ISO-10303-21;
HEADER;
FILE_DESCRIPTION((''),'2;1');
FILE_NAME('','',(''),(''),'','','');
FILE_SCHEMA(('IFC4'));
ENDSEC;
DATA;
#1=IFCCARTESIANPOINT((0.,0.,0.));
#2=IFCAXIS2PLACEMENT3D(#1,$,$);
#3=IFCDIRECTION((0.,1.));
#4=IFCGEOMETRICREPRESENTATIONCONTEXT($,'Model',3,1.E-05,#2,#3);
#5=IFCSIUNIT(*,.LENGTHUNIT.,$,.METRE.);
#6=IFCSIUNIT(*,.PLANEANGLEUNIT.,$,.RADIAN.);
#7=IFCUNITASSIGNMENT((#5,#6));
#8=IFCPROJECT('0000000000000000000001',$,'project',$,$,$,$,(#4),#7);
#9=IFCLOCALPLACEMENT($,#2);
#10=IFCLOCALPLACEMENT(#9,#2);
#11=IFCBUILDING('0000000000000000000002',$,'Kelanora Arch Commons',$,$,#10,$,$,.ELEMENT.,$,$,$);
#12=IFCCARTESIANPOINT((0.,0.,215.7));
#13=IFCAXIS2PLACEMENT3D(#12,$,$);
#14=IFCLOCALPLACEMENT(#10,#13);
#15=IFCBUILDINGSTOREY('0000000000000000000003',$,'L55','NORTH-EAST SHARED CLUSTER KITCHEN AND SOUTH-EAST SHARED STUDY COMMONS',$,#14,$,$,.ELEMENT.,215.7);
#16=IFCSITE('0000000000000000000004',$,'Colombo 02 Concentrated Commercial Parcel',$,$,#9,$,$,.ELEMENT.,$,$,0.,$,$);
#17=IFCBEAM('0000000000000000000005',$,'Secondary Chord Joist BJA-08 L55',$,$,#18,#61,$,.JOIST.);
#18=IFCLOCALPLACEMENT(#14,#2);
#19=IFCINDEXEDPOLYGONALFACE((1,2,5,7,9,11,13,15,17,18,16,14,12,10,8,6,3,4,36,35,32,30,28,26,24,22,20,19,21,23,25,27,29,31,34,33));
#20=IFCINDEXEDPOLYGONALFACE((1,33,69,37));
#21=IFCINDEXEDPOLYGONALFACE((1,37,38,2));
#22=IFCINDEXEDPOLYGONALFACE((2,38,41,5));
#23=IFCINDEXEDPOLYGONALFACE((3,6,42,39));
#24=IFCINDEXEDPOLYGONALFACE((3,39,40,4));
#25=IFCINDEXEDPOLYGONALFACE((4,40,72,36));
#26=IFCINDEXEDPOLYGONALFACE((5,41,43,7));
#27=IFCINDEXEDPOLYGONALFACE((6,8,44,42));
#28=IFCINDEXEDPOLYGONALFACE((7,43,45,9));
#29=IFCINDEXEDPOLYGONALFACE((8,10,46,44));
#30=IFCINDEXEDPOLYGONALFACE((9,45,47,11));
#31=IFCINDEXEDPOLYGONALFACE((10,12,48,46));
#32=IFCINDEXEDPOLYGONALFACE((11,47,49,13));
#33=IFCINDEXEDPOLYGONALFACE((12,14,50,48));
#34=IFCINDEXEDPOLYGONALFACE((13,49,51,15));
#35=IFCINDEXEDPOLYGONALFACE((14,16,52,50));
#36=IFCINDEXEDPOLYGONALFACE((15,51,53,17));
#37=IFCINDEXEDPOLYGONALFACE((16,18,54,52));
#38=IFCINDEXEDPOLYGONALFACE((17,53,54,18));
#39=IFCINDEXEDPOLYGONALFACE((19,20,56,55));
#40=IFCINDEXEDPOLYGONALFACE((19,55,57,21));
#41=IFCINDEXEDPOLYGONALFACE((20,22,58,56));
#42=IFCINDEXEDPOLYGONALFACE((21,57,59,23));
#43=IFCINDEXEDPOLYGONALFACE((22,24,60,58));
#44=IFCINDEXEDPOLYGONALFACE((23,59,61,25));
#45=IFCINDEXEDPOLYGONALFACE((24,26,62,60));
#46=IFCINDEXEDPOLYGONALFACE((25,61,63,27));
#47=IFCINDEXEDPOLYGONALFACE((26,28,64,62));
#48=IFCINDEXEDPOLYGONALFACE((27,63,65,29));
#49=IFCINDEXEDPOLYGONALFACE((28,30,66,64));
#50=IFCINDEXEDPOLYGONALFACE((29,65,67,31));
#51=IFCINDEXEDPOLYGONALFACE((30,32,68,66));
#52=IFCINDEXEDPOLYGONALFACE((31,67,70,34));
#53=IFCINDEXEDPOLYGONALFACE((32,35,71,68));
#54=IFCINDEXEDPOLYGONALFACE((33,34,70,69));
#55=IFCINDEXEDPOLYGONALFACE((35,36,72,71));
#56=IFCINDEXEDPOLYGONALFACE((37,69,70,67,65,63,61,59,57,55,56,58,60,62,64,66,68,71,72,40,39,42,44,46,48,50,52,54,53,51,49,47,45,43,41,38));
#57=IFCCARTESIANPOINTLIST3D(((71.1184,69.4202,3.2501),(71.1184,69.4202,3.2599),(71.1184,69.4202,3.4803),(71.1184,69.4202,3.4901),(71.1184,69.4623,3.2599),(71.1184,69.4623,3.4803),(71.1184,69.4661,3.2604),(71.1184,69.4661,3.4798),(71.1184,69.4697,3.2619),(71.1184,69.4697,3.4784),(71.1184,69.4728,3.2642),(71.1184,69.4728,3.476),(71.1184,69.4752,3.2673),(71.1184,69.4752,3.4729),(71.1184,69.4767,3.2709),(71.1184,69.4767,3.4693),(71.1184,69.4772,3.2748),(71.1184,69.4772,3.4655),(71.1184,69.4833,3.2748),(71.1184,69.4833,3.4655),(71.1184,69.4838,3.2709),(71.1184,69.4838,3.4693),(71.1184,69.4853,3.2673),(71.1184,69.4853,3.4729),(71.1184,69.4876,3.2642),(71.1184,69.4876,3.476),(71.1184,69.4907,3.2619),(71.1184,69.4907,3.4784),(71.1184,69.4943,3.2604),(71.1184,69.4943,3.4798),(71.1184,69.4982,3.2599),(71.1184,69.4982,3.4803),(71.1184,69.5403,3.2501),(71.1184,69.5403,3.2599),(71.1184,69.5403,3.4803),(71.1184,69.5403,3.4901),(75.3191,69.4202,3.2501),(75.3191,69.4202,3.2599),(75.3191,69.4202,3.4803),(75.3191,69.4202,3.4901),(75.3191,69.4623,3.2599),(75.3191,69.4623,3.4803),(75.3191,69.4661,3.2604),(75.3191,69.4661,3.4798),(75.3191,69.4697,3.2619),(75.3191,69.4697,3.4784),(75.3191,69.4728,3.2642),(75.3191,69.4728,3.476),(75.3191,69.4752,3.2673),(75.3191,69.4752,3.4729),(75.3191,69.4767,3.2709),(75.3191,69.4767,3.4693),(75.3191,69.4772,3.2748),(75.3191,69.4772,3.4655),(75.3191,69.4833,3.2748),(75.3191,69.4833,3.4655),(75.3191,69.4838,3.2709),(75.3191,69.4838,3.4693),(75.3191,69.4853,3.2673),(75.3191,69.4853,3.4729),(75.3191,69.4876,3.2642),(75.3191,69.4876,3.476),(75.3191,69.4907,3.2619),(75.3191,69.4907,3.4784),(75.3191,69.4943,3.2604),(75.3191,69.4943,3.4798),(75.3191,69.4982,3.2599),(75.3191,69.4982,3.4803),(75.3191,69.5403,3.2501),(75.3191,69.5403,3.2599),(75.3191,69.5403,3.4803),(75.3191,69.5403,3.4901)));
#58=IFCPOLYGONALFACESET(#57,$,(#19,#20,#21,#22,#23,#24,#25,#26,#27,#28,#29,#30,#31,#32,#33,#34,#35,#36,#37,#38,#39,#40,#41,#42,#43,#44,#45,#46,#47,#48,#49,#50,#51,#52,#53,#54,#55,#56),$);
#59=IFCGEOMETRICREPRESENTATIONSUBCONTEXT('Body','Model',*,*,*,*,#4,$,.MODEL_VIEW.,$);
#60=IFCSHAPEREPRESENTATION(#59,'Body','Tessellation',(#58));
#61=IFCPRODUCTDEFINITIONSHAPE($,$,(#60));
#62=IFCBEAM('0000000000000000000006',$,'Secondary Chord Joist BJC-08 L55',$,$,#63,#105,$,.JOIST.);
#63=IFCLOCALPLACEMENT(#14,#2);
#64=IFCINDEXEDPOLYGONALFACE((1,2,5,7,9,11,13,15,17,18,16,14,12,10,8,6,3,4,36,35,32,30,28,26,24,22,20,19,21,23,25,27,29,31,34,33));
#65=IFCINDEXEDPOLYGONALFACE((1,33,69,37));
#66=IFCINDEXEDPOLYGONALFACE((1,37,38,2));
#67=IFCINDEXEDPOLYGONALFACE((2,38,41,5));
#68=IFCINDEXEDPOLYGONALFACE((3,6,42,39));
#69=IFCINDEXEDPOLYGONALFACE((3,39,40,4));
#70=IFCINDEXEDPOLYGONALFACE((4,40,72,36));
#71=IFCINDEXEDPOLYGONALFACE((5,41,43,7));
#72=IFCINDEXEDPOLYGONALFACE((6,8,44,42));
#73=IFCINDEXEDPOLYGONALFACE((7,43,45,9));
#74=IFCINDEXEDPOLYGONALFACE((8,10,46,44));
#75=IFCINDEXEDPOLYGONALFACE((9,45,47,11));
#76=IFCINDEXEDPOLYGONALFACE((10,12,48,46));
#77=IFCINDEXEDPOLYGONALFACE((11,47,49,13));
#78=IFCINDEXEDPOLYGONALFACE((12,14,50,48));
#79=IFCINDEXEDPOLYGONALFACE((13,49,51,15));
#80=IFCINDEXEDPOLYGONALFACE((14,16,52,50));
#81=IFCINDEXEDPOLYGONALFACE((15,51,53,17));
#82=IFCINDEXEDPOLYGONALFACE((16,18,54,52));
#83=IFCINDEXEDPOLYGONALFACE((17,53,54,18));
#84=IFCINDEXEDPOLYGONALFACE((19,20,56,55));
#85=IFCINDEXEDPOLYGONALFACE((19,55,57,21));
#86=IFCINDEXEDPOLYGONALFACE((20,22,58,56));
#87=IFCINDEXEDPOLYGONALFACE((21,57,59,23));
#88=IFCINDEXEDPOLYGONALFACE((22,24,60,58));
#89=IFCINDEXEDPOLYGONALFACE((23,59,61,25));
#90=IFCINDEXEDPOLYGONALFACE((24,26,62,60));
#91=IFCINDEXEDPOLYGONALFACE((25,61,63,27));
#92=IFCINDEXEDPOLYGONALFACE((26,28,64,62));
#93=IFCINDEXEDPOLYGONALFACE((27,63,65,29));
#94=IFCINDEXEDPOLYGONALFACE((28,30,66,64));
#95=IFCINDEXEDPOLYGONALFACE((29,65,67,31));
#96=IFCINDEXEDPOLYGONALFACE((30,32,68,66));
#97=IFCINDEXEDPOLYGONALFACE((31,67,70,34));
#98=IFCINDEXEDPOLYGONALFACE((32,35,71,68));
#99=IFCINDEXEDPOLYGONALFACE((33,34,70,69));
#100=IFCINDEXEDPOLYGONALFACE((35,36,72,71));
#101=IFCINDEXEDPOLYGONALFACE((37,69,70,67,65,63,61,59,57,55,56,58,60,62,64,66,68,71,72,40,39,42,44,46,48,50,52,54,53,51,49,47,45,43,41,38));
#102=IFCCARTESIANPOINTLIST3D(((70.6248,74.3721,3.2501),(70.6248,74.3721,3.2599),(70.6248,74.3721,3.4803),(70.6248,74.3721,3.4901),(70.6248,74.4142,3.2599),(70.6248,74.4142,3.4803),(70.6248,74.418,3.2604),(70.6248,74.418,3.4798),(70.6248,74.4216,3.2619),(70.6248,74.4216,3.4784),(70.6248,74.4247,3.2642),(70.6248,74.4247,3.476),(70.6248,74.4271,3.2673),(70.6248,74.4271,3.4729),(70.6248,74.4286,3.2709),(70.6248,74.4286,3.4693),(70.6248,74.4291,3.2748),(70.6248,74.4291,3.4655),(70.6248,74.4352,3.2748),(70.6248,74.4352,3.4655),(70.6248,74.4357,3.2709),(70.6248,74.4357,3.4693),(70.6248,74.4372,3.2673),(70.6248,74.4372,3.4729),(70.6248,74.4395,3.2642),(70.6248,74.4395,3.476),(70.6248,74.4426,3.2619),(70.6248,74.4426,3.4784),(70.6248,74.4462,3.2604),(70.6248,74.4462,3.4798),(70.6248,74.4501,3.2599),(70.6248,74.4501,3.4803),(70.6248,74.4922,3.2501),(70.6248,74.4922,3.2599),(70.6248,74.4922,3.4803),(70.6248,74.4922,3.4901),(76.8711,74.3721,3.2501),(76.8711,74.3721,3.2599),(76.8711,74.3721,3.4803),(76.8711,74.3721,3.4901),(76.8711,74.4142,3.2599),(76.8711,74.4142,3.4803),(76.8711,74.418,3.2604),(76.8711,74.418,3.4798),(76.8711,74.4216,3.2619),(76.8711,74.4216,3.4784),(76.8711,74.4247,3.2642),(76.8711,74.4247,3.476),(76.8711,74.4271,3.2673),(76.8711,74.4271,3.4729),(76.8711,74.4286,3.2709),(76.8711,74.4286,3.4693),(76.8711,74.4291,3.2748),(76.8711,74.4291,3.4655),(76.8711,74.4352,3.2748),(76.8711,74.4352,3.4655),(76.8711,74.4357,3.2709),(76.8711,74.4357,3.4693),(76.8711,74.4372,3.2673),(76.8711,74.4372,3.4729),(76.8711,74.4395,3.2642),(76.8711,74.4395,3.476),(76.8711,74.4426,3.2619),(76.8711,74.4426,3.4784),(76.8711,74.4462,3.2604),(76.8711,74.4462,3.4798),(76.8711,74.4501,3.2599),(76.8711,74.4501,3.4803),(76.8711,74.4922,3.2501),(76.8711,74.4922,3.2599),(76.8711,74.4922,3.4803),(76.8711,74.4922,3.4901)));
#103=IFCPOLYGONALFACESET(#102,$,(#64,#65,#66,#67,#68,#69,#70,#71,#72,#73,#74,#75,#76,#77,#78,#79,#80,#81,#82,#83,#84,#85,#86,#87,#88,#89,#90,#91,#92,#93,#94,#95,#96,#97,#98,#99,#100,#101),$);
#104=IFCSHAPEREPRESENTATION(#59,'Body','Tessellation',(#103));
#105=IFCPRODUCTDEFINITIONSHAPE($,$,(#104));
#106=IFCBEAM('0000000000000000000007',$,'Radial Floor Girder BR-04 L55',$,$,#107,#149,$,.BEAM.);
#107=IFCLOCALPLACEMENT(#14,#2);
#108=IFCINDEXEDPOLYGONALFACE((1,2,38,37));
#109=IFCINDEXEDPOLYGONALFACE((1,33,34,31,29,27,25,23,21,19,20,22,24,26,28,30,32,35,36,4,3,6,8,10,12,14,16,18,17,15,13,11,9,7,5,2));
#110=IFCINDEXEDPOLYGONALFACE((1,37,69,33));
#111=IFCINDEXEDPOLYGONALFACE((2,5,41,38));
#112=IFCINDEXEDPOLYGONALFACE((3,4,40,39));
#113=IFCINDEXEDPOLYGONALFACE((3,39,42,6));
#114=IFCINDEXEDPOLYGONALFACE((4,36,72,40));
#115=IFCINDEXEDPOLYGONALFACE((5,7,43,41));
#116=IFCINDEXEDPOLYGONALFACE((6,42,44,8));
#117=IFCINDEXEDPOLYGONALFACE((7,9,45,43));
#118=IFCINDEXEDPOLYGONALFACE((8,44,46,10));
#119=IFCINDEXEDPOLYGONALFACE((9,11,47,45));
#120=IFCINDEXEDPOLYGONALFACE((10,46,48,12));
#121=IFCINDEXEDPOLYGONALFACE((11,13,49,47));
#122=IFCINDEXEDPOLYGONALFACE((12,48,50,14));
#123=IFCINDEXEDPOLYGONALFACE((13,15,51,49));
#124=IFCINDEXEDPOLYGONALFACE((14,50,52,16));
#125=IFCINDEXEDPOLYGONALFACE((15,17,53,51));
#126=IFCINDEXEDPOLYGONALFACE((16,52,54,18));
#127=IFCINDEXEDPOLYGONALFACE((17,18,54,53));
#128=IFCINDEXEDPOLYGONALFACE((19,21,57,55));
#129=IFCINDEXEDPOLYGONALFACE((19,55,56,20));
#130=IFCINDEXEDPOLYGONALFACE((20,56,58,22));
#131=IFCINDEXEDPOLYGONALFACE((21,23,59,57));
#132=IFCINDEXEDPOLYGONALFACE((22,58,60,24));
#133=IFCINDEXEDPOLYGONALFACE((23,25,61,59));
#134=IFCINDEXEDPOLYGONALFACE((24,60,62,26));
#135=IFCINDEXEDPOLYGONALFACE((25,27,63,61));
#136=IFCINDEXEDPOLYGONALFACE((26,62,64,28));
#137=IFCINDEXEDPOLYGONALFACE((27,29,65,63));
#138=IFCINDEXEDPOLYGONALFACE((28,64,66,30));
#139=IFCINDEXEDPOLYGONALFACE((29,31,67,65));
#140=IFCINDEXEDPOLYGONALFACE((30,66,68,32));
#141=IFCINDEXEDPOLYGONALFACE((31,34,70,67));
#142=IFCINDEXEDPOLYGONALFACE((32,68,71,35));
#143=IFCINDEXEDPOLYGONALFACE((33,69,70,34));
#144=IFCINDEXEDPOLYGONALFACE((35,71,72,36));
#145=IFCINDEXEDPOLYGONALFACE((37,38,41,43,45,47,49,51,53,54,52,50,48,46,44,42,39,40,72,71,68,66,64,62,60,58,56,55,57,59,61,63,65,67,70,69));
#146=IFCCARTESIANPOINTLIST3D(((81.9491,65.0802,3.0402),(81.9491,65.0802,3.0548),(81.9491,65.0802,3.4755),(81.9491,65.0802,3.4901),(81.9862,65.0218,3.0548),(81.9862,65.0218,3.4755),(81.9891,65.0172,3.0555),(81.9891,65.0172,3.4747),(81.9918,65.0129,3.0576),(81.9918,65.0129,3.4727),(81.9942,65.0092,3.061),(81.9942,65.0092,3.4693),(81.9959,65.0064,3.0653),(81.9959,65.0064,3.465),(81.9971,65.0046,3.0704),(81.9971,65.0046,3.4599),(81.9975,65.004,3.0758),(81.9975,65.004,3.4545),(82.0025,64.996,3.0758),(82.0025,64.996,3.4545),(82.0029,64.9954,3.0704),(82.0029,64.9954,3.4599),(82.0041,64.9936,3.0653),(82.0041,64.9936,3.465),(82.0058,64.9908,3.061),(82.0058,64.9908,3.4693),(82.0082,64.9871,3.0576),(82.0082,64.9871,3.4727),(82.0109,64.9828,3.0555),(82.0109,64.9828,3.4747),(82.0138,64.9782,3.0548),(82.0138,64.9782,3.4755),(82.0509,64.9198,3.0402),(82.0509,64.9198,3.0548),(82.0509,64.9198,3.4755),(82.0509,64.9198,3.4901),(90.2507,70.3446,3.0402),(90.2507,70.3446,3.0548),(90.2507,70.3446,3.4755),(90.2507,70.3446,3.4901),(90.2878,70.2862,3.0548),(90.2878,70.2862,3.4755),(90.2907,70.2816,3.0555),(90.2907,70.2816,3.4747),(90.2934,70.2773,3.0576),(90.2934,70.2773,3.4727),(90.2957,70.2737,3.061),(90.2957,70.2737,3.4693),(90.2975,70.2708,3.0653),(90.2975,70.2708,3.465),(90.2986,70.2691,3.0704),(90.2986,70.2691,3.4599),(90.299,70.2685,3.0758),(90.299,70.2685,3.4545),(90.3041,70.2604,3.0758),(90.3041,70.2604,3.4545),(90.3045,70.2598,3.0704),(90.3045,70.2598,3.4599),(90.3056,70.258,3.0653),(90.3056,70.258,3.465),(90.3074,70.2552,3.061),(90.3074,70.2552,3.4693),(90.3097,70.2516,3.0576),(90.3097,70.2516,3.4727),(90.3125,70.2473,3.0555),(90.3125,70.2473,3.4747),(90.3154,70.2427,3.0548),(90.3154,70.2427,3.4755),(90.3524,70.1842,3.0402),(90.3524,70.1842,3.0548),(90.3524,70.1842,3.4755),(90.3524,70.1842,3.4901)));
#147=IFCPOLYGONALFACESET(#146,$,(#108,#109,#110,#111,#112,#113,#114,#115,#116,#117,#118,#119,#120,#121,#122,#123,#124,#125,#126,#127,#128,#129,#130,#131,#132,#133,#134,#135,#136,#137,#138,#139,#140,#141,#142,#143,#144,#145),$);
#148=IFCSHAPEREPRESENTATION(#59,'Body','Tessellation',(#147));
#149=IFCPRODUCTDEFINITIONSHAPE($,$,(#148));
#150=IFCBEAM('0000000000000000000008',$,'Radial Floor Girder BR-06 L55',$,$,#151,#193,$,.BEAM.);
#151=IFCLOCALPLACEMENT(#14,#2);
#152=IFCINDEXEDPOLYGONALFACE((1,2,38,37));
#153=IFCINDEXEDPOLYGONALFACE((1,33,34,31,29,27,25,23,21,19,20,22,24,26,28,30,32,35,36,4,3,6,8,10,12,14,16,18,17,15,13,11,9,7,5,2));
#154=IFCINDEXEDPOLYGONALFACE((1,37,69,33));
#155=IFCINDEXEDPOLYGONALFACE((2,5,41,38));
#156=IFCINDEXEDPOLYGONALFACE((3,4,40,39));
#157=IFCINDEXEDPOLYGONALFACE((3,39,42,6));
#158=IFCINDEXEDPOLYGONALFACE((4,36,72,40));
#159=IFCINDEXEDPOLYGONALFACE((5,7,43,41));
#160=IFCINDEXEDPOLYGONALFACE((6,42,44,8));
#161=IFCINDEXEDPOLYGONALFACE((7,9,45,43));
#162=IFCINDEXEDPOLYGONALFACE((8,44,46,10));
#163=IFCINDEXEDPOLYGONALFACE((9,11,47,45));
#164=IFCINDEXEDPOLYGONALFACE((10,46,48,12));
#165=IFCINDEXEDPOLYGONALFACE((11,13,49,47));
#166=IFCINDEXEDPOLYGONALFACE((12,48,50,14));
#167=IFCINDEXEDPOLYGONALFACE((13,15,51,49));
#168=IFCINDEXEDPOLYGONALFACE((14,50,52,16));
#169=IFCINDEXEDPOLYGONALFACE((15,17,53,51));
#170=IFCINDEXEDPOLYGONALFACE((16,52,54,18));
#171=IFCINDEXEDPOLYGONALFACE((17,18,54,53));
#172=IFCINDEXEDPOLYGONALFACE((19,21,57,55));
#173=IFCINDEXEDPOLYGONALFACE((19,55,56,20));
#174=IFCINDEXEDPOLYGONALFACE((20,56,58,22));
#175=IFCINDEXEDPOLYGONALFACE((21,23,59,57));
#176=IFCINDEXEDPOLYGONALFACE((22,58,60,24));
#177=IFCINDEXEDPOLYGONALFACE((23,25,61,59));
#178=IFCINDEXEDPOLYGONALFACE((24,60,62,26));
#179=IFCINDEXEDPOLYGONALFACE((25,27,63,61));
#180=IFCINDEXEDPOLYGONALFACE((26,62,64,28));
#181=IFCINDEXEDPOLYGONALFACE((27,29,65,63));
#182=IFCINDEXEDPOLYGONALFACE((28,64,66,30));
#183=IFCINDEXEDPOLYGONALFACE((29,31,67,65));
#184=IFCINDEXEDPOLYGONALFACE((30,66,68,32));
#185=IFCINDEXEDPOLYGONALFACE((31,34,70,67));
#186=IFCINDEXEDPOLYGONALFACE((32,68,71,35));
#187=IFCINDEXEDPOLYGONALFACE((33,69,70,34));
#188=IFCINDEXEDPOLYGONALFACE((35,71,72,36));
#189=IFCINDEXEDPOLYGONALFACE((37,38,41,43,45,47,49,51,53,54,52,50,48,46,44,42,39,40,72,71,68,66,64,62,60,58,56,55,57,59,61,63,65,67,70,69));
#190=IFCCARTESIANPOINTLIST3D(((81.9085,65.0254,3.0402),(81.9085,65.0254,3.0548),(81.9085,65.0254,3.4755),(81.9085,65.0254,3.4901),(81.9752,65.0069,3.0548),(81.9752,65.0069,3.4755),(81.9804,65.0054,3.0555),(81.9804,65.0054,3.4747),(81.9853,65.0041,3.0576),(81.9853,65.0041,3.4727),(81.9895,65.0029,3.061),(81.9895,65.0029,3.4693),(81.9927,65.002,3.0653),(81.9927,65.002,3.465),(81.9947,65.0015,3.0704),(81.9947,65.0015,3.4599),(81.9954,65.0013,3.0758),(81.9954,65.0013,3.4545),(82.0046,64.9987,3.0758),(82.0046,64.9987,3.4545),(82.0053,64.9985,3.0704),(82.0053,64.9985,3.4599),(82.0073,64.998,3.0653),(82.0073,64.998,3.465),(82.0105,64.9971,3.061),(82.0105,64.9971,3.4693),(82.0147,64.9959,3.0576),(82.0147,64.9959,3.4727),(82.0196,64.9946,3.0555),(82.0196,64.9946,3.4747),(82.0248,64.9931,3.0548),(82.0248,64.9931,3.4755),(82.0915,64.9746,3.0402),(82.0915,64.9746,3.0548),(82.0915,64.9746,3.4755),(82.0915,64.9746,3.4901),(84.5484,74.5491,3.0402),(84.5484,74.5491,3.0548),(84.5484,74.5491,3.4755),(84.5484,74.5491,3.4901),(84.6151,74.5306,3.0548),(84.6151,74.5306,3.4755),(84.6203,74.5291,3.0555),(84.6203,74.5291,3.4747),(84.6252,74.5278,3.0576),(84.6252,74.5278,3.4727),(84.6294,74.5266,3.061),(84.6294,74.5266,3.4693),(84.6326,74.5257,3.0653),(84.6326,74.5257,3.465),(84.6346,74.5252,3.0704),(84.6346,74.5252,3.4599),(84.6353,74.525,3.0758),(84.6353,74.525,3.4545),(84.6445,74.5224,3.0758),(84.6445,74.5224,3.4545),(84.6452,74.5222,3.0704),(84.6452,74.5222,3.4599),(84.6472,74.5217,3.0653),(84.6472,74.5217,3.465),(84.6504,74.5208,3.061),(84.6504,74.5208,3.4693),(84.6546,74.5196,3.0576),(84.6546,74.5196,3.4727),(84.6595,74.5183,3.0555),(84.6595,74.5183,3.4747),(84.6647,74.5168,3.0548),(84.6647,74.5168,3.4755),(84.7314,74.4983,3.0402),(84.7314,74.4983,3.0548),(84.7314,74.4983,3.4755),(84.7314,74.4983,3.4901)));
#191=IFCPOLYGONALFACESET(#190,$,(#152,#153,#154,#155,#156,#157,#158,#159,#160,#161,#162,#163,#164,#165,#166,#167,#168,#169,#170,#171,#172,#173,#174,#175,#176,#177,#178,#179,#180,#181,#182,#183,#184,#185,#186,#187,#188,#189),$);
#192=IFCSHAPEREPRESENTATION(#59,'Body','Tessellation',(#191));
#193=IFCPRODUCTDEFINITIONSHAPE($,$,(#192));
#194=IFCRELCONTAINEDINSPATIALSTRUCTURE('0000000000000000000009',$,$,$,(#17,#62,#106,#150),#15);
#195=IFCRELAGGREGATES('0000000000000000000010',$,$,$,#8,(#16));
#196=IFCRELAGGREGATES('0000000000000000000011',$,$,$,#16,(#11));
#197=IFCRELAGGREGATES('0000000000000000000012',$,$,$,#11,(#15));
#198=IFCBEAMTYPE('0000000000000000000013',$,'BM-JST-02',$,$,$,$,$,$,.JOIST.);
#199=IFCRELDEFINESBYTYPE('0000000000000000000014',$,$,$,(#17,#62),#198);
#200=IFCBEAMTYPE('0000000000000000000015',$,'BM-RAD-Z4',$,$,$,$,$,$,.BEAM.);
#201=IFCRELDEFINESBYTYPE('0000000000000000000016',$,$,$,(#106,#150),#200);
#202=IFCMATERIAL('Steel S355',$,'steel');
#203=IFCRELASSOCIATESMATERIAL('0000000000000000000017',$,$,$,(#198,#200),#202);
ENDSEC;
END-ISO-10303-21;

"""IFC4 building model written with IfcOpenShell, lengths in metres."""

from ifc_helpers import new_model, si_unit, direction, frame, origin, origin_2d, place, context, subcontext, project, spatial, i_section, extrude, material, material_profile, profile_set, type_object, element, save


model = new_model("IFC4")

# Units and contexts
model_context = context("Model", 3, precision=1e-05, world=origin(), true_north=direction((0.0, 1.0)))
body_context = subcontext(model_context, "Body", "Model", "MODEL_VIEW")
ifc_project = project(units=[si_unit("LENGTHUNIT", "METRE"), si_unit("PLANEANGLEUNIT", "RADIAN")], contexts=[model_context])

# Site, building, storey
site_placement = place(None, origin())
site = spatial("IfcSite", under=ifc_project, at=site_placement, Name="Colombo 02 Concentrated Commercial Parcel", CompositionType="ELEMENT", RefElevation=0.0)
building_placement = place(site_placement, origin())
building = spatial("IfcBuilding", under=site, at=building_placement, Name="Kelanora Arch Commons", CompositionType="ELEMENT")
storey_placement = place(building_placement, frame((0.0, 0.0, 215.7)))
storey = spatial("IfcBuildingStorey", under=building, at=storey_placement, Name="L55", Description="NORTH-EAST SHARED CLUSTER KITCHEN AND SOUTH-EAST SHARED STUDY COMMONS", CompositionType="ELEMENT", Elevation=215.7)

# Beams
ifc_material_1 = material(Name="Steel S355", Category="steel")
ifc_material_profile_1 = material_profile(ifc_material_1, i_section(OverallWidth=0.1201, OverallDepth=0.24, WebThickness=0.0061, FlangeThickness=0.0098, FilletRadius=0.0149, at=origin_2d()), Name="IPE240")
ifc_profile_set_1 = profile_set([ifc_material_profile_1], Name="Steel S355")
beam_type_1 = type_object("IfcBeamType", Name="BM-JST-02", PredefinedType="JOIST", material=ifc_profile_set_1)
beam_1_placement = place(storey_placement, frame((75.3191, 69.4802, 3.3701), z_axis=(-1.0, 0.0, 0.0), x_axis=(0.0, -1.0, 0.0)))
element("IfcBeam", 1, at=beam_1_placement, inside=storey, type_object=beam_type_1, Name="Secondary Chord Joist BJA-08 L55", PredefinedType="JOIST", context=body_context, shape_type="SweptSolid", body=[
    extrude(i_section(OverallWidth=0.1201, OverallDepth=0.24, WebThickness=0.0061, FlangeThickness=0.0098, FilletRadius=0.0149, at=origin_2d()), origin(), (0.0, 0.0, 1.0), 4.2007),
])
beam_2_placement = place(storey_placement, frame((76.8711, 74.4321, 3.3701), z_axis=(-1.0, 0.0, 0.0), x_axis=(0.0, -1.0, 0.0)))
element("IfcBeam", 2, at=beam_2_placement, inside=storey, type_object=beam_type_1, Name="Secondary Chord Joist BJC-08 L55", PredefinedType="JOIST", context=body_context, shape_type="SweptSolid", body=[
    extrude(i_section(OverallWidth=0.1201, OverallDepth=0.24, WebThickness=0.0061, FlangeThickness=0.0098, FilletRadius=0.0149, at=origin_2d()), origin(), (0.0, 0.0, 1.0), 6.2463),
])
ifc_material_profile_2 = material_profile(ifc_material_1, i_section(OverallWidth=0.1899, OverallDepth=0.45, WebThickness=0.0095, FlangeThickness=0.0146, FilletRadius=0.021, at=origin_2d()), Name="IPE450")
ifc_profile_set_2 = profile_set([ifc_material_profile_2], Name="Steel S355")
beam_type_2 = type_object("IfcBeamType", Name="BM-RAD-Z4", PredefinedType="BEAM", material=ifc_profile_set_2)
beam_3_placement = place(storey_placement, frame((82.0, 65.0, 3.2651), z_axis=(0.844507, 0.535544, 0.0), x_axis=(-0.535544, 0.844507, 0.0)))
element("IfcBeam", 3, at=beam_3_placement, inside=storey, type_object=beam_type_2, Name="Radial Floor Girder BR-04 L55", PredefinedType="BEAM", context=body_context, shape_type="SweptSolid", body=[
    extrude(i_section(OverallWidth=0.1899, OverallDepth=0.45, WebThickness=0.0095, FlangeThickness=0.0146, FilletRadius=0.021, at=origin_2d()), origin(), (0.0, 0.0, 1.0), 9.8301),
])
beam_4_placement = place(storey_placement, frame((82.0, 65.0, 3.2651), z_axis=(0.26712, 0.963663, 0.0), x_axis=(-0.963663, 0.26712, 0.0)))
element("IfcBeam", 4, at=beam_4_placement, inside=storey, type_object=beam_type_2, Name="Radial Floor Girder BR-06 L55", PredefinedType="BEAM", context=body_context, shape_type="SweptSolid", body=[
    extrude(i_section(OverallWidth=0.1899, OverallDepth=0.45, WebThickness=0.0095, FlangeThickness=0.0146, FilletRadius=0.021, at=origin_2d()), origin(), (0.0, 0.0, 1.0), 9.8828),
])

save(model, "model.ifc")
